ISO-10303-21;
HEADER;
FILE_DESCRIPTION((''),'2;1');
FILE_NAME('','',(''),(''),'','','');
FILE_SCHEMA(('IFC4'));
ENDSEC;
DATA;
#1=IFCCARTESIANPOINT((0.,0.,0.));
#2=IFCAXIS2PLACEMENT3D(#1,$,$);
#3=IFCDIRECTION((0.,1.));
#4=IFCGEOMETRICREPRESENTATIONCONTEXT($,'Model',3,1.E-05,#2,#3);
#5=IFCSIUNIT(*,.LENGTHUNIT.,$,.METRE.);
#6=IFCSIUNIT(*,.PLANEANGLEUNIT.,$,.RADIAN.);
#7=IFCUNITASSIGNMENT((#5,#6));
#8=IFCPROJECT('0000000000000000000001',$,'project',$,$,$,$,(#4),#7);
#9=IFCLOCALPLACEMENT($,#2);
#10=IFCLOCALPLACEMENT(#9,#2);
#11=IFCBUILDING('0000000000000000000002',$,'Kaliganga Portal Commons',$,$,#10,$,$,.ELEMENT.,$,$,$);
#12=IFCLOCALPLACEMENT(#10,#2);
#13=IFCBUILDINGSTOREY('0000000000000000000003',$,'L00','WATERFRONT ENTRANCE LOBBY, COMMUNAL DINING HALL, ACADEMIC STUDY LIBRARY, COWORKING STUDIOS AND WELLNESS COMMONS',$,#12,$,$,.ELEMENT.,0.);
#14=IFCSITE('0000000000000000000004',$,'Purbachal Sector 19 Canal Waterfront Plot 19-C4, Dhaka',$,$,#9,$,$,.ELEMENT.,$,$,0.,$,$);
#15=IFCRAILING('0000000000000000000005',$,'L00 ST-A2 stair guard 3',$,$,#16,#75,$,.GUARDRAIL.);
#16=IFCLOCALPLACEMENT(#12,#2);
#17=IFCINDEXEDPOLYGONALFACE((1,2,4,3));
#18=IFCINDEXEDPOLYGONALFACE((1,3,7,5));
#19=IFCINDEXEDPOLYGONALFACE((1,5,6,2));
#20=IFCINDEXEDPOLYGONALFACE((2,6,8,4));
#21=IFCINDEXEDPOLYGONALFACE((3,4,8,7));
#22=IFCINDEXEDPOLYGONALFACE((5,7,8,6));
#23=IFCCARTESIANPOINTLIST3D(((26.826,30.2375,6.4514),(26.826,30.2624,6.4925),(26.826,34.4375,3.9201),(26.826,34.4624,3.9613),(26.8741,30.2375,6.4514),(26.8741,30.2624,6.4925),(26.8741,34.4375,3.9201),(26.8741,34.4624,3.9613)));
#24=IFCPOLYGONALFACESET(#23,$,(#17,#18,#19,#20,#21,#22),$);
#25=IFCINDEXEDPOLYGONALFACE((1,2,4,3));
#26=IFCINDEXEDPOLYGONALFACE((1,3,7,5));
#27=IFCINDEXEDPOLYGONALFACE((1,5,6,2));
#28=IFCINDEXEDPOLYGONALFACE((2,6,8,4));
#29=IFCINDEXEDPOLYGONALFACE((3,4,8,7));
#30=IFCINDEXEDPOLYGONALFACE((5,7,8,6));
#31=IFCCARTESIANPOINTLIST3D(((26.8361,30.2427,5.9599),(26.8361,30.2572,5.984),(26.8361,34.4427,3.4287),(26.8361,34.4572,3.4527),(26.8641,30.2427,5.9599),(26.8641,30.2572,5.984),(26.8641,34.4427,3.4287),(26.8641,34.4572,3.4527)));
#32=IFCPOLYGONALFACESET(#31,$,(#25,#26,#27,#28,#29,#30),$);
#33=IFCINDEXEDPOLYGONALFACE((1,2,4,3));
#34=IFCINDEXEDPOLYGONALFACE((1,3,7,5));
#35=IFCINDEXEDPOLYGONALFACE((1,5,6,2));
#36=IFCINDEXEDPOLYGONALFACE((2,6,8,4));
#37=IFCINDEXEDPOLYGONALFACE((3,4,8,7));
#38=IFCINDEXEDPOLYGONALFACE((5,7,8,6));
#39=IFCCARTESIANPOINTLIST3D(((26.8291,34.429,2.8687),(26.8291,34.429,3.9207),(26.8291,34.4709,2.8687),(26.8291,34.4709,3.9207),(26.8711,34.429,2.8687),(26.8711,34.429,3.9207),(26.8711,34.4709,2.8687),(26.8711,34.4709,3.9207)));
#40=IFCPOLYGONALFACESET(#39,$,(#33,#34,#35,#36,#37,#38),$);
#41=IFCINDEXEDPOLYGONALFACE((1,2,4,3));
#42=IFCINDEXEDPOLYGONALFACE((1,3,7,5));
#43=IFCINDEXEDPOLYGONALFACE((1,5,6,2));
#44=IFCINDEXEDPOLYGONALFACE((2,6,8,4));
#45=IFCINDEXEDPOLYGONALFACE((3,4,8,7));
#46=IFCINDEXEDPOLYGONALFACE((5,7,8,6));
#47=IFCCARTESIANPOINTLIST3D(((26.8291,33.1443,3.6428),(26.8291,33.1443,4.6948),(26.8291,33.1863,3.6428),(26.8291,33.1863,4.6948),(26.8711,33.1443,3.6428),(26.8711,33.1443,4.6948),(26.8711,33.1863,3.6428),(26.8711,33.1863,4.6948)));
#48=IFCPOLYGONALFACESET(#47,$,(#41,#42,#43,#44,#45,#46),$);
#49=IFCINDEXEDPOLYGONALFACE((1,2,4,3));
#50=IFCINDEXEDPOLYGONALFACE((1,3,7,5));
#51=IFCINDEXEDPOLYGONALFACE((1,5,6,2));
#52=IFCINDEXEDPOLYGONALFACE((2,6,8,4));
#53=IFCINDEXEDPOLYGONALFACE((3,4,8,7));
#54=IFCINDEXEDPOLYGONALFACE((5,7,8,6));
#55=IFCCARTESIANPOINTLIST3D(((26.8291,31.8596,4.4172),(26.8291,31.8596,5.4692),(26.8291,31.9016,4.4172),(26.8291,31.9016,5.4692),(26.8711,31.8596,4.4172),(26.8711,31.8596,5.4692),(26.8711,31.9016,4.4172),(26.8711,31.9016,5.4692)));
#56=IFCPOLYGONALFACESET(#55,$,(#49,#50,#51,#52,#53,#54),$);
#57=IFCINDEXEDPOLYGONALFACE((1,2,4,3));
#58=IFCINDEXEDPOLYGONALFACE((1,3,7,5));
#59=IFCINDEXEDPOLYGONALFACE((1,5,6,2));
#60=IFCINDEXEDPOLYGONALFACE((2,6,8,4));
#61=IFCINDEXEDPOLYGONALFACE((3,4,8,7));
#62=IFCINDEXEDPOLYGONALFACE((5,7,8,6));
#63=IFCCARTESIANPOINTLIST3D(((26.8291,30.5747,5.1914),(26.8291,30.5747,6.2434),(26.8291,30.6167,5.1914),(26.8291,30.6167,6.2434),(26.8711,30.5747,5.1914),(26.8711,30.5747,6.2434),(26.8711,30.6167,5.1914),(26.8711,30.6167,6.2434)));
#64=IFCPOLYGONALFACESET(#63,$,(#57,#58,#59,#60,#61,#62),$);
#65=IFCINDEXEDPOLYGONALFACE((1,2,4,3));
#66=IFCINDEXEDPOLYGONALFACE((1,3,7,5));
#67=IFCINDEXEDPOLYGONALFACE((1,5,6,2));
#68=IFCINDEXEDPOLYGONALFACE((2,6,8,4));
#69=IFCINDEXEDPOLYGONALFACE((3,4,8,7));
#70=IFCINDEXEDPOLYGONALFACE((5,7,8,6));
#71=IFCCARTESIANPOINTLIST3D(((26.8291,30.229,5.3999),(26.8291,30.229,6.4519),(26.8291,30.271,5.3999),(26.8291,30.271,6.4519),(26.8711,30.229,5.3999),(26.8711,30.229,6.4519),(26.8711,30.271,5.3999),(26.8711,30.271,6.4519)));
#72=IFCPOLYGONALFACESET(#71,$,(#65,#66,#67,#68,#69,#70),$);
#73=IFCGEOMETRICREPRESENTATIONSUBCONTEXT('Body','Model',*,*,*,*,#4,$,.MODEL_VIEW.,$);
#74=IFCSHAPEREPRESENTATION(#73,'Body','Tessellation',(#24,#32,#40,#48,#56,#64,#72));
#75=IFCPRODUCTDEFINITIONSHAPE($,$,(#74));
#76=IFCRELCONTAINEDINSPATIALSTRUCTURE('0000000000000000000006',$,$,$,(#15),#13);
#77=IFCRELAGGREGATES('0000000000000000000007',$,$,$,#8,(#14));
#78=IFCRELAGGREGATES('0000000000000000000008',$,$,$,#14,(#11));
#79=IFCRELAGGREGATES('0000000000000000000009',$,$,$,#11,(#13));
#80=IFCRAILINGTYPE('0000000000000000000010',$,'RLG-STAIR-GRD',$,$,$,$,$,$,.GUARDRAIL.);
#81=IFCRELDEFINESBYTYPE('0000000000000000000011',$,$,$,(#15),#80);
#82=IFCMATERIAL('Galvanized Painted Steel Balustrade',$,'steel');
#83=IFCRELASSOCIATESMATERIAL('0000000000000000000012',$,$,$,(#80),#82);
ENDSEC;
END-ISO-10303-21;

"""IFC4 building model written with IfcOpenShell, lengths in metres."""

from ifc_helpers import new_model, si_unit, direction, frame, origin, origin_2d, place, context, subcontext, project, spatial, rectangle, extrude, material, type_object, element, save


model = new_model("IFC4")

# Units and contexts
model_context = context("Model", 3, precision=1e-05, world=origin(), true_north=direction((0.0, 1.0)))
body_context = subcontext(model_context, "Body", "Model", "MODEL_VIEW")
ifc_project = project(units=[si_unit("LENGTHUNIT", "METRE"), si_unit("PLANEANGLEUNIT", "RADIAN")], contexts=[model_context])

# Site, building, storey
site_placement = place(None, origin())
site = spatial("IfcSite", under=ifc_project, at=site_placement, Name="Purbachal Sector 19 Canal Waterfront Plot 19-C4, Dhaka", CompositionType="ELEMENT", RefElevation=0.0)
building_placement = place(site_placement, origin())
building = spatial("IfcBuilding", under=site, at=building_placement, Name="Kaliganga Portal Commons", CompositionType="ELEMENT")
storey_placement = place(building_placement, origin())
storey = spatial("IfcBuildingStorey", under=building, at=storey_placement, Name="L00", Description="WATERFRONT ENTRANCE LOBBY, COMMUNAL DINING HALL, ACADEMIC STUDY LIBRARY, COWORKING STUDIOS AND WELLNESS COMMONS", CompositionType="ELEMENT", Elevation=0.0)

# Railing
ifc_material_1 = material(Name="Galvanized Painted Steel Balustrade", Category="steel")
railing_type = type_object("IfcRailingType", Name="RLG-STAIR-GRD", PredefinedType="GUARDRAIL", material=ifc_material_1)
railing_1_placement = place(storey_placement, frame((26.8501, 34.45, 2.8687)))
element("IfcRailing", 1, at=railing_1_placement, inside=storey, type_object=railing_type, Name="L00 ST-A2 stair guard 3", PredefinedType="GUARDRAIL", context=body_context, shape_type="SweptSolid", body=[
    extrude(rectangle(XDim=0.0481, YDim=0.0481, at=origin_2d()), frame((0.0, 0.0, 1.072), z_axis=(0.0, -0.856476, 0.516186), x_axis=(1.0, 0.0, 0.0)), (0.0, 0.0, 1.0), 4.9038),
    extrude(rectangle(XDim=0.0281, YDim=0.0281, at=origin_2d()), frame((0.0, 0.0, 0.572), z_axis=(0.0, -0.856476, 0.516186), x_axis=(1.0, 0.0, 0.0)), (0.0, 0.0, 1.0), 4.9038),
    extrude(rectangle(XDim=0.042, YDim=0.042, at=origin_2d()), origin(), (0.0, 0.0, 1.0), 1.052),
    extrude(rectangle(XDim=0.042, YDim=0.042, at=origin_2d()), frame((0.0, -1.2847, 0.7742)), (0.0, 0.0, 1.0), 1.052),
    extrude(rectangle(XDim=0.042, YDim=0.042, at=origin_2d()), frame((0.0, -2.5693, 1.5486)), (0.0, 0.0, 1.0), 1.052),
    extrude(rectangle(XDim=0.042, YDim=0.042, at=origin_2d()), frame((0.0, -3.8542, 2.3228)), (0.0, 0.0, 1.0), 1.052),
    extrude(rectangle(XDim=0.042, YDim=0.042, at=origin_2d()), frame((0.0, -4.2, 2.5312)), (0.0, 0.0, 1.0), 1.052),
])

save(model, "model.ifc")
